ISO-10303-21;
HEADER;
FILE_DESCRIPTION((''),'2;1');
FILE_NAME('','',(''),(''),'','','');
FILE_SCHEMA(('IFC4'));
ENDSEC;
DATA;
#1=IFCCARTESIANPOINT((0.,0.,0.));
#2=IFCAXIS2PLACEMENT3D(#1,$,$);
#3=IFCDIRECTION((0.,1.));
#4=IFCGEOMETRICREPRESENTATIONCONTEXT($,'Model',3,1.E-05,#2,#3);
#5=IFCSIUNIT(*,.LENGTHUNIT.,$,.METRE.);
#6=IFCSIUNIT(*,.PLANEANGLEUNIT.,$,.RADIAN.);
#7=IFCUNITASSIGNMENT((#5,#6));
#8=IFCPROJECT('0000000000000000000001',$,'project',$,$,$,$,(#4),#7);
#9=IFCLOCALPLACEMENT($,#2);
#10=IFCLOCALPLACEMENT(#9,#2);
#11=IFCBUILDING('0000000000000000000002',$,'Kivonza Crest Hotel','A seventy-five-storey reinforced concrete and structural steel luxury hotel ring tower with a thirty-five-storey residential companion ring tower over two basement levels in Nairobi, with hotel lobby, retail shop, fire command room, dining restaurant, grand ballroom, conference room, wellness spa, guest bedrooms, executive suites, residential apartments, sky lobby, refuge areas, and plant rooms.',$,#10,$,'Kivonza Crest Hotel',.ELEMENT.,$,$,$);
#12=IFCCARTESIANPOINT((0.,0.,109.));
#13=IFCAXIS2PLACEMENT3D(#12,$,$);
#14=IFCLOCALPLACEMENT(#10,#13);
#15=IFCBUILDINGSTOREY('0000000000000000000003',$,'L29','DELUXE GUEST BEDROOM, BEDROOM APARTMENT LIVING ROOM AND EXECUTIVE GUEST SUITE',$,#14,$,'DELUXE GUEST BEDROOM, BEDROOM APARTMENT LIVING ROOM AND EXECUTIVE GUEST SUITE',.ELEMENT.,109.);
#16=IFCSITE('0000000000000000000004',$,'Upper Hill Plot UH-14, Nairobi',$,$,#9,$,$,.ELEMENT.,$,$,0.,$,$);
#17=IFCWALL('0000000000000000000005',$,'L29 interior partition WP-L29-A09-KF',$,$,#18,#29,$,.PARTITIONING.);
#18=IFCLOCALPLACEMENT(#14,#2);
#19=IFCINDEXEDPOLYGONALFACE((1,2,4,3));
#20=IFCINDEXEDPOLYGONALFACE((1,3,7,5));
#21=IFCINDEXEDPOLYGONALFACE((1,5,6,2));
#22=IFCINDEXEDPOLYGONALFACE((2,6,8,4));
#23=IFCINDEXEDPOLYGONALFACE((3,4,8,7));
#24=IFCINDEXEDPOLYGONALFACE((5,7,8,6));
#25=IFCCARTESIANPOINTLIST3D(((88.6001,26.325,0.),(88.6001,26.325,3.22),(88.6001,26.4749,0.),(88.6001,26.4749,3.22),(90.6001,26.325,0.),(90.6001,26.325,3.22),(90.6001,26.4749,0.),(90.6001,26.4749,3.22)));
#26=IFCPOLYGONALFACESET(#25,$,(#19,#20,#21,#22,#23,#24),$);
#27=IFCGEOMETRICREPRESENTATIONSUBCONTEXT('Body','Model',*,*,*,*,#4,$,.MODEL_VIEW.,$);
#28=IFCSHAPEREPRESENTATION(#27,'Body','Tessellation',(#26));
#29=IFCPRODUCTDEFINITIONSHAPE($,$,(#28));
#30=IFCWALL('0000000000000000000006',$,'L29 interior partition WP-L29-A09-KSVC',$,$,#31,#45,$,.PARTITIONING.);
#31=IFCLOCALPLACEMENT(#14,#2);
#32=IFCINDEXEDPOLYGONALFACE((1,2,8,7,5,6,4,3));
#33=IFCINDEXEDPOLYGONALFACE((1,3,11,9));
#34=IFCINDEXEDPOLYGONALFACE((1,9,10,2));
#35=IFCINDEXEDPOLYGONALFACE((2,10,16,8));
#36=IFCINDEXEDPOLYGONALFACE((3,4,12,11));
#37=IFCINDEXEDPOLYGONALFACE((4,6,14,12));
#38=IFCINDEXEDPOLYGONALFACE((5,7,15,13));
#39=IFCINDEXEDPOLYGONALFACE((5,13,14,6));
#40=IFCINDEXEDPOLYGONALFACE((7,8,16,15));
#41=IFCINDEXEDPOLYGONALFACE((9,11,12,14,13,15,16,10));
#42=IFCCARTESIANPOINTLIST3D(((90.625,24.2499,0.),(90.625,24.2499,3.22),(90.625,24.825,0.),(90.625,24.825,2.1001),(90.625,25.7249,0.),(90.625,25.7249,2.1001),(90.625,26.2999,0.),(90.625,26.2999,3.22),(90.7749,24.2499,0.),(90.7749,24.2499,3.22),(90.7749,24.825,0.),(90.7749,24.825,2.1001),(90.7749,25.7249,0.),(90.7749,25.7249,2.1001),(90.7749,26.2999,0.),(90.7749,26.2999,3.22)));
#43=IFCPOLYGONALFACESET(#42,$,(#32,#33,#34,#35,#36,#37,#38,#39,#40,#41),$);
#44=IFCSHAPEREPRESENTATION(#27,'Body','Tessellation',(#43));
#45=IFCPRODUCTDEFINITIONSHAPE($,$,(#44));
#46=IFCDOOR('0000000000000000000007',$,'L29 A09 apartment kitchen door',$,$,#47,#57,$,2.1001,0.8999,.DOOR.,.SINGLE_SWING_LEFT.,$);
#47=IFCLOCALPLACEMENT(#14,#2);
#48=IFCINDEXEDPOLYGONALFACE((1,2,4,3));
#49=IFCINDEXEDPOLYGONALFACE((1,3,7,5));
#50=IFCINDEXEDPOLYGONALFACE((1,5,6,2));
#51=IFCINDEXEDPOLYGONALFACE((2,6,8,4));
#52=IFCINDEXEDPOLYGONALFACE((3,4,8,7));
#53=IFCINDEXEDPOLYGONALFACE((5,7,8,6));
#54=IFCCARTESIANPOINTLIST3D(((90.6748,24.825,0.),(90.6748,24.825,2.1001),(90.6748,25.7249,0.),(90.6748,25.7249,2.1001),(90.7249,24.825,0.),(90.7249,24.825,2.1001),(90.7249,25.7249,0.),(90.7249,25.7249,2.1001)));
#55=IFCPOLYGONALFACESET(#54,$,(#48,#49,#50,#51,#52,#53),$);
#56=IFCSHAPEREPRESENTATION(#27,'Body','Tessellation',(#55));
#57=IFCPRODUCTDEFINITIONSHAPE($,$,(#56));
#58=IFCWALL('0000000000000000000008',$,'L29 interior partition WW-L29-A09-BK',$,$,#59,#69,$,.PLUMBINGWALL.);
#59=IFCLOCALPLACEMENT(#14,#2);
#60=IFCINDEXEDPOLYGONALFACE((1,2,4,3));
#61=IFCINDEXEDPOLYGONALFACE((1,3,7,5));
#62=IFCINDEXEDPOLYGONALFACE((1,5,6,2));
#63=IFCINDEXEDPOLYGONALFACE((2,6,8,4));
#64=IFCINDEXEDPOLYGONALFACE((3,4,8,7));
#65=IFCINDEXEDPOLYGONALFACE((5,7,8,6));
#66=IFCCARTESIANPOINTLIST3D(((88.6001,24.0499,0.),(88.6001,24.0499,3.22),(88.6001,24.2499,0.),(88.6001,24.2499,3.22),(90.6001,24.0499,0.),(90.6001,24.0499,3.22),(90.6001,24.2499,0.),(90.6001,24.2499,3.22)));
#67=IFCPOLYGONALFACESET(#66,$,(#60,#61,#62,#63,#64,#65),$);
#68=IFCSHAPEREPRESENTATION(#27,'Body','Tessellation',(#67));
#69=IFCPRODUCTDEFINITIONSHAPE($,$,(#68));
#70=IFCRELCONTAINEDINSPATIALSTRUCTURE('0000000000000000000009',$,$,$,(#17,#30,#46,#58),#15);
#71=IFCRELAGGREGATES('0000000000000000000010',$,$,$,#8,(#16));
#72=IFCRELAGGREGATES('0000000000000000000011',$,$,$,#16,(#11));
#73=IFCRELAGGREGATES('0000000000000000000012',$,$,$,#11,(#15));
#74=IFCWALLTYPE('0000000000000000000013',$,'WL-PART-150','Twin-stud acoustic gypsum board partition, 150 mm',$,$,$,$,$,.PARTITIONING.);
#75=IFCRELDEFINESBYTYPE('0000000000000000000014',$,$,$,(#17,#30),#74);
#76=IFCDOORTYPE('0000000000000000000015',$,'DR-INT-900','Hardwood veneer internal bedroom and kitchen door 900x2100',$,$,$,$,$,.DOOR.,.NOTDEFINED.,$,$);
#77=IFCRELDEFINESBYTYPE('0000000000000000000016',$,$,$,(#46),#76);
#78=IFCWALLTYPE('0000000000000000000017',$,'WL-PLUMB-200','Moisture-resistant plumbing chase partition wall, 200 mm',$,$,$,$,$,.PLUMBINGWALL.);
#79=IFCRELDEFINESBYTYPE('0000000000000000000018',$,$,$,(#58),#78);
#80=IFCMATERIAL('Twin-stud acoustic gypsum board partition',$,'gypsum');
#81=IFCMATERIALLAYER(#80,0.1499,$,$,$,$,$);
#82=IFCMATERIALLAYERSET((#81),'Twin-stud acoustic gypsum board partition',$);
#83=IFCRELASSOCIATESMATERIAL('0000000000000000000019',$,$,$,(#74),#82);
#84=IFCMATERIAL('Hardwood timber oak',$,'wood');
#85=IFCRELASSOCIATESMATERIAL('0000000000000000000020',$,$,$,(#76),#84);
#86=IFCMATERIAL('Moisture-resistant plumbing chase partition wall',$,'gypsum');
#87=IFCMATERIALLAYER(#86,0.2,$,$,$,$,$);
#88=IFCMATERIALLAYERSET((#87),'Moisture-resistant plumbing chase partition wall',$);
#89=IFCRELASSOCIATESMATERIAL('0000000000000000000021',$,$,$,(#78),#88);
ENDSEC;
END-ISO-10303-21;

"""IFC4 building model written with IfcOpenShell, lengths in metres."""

from ifc_helpers import new_model, si_unit, direction, frame, frame_2d, origin, place, context, subcontext, project, spatial, rectangle, extrude, material, layer, layer_set, type_object, element, fill, save


model = new_model("IFC4")

# Units and contexts
model_context = context("Model", 3, precision=1e-05, world=origin(), true_north=direction((0.0, 1.0)))
body_context = subcontext(model_context, "Body", "Model", "MODEL_VIEW")
ifc_project = project(units=[si_unit("LENGTHUNIT", "METRE"), si_unit("PLANEANGLEUNIT", "RADIAN")], contexts=[model_context])

# Site, building, storey
site_placement = place(None, origin())
site = spatial("IfcSite", under=ifc_project, at=site_placement, Name="Upper Hill Plot UH-14, Nairobi", CompositionType="ELEMENT", RefElevation=0.0)
building_placement = place(site_placement, origin())
building = spatial("IfcBuilding", under=site, at=building_placement, Name="Kivonza Crest Hotel", Description="A seventy-five-storey reinforced concrete and structural steel luxury hotel ring tower with a thirty-five-storey residential companion ring tower over two basement levels in Nairobi, with hotel lobby, retail shop, fire command room, dining restaurant, grand ballroom, conference room, wellness spa, guest bedrooms, executive suites, residential apartments, sky lobby, refuge areas, and plant rooms.", LongName="Kivonza Crest Hotel", CompositionType="ELEMENT")
storey_placement = place(building_placement, frame((0.0, 0.0, 109.0)))
storey = spatial("IfcBuildingStorey", under=building, at=storey_placement, Name="L29", Description="DELUXE GUEST BEDROOM, BEDROOM APARTMENT LIVING ROOM AND EXECUTIVE GUEST SUITE", LongName="DELUXE GUEST BEDROOM, BEDROOM APARTMENT LIVING ROOM AND EXECUTIVE GUEST SUITE", CompositionType="ELEMENT", Elevation=109.0)

# Shared definitions
ifc_material_1 = material(Name="Hardwood timber oak", Category="wood")

# Shared definitions
ifc_material_2 = material(Name="Twin-stud acoustic gypsum board partition", Category="gypsum")
ifc_layer_1 = layer(ifc_material_2, 0.1499)
ifc_layer_set_1 = layer_set([ifc_layer_1], Name="Twin-stud acoustic gypsum board partition")
wall_type_1 = type_object("IfcWallType", Name="WL-PART-150", Description="Twin-stud acoustic gypsum board partition, 150 mm", PredefinedType="PARTITIONING", material=ifc_layer_set_1)
door_type_1 = type_object("IfcDoorType", Name="DR-INT-900", Description="Hardwood veneer internal bedroom and kitchen door 900x2100", OperationType="NOTDEFINED", PredefinedType="DOOR", material=ifc_material_1)

# Wall
wall_1_placement = place(storey_placement, frame((88.6001, 26.3999, 0.0), z_axis=(0.0, 0.0, 1.0), x_axis=(1.0, 0.0, 0.0)))
element("IfcWall", 1, at=wall_1_placement, inside=storey, type_object=wall_type_1, Name="L29 interior partition WP-L29-A09-KF", PredefinedType="PARTITIONING", context=body_context, shape_type="SweptSolid", body=[
    extrude(rectangle(XDim=2.0, YDim=0.1499, at=frame_2d((1.0, 0.0))), origin(), (0.0, 0.0, 1.0), 3.22),
])

# Wall, opening, door
wall_2_placement = place(storey_placement, frame((90.7, 24.25, 0.0), z_axis=(0.0, 0.0, 1.0), x_axis=(0.0, 1.0, 0.0)))
wall_2 = element("IfcWall", 2, at=wall_2_placement, inside=storey, type_object=wall_type_1, Name="L29 interior partition WP-L29-A09-KSVC", PredefinedType="PARTITIONING", context=body_context, shape_type="SweptSolid", body=[
    extrude(rectangle(XDim=2.05, YDim=0.1499, at=frame_2d((1.0249, 0.0))), origin(), (0.0, 0.0, 1.0), 3.22),
])
opening_1_placement = place(wall_2_placement, frame((0.575, 0.0, 0.0)))
opening_1 = element("IfcOpeningElement", 3, at=opening_1_placement, cuts=wall_2, PredefinedType="OPENING", context=body_context, shape_type="SweptSolid", body=[
    extrude(rectangle(XDim=0.8999, YDim=2.1001, at=frame_2d((0.45, 1.05))), frame((0.0, 0.085, 0.0), z_axis=(0.0, -1.0, 0.0), x_axis=(1.0, 0.0, 0.0)), (0.0, 0.0, 1.0), 0.1699),
])
door_1_placement = place(opening_1_placement, frame((0.8999, 0.0, 0.0), z_axis=(0.0, 0.0, 1.0), x_axis=(-1.0, 0.0, 0.0)))
door_1 = element("IfcDoor", 4, at=door_1_placement, inside=storey, type_object=door_type_1, Name="L29 A09 apartment kitchen door", OperationType="SINGLE_SWING_LEFT", OverallHeight=2.1001, OverallWidth=0.8999, PredefinedType="DOOR", context=body_context, shape_type="SweptSolid", body=[
    extrude(rectangle(XDim=0.8999, YDim=2.1001, at=frame_2d((0.45, 1.05))), frame((0.0, 0.0249, 0.0), z_axis=(0.0, -1.0, 0.0), x_axis=(1.0, 0.0, 0.0)), (0.0, 0.0, 1.0), 0.05),
])
fill(opening_1, door_1)

# Wall
ifc_material_3 = material(Name="Moisture-resistant plumbing chase partition wall", Category="gypsum")
ifc_layer_2 = layer(ifc_material_3, 0.2)
ifc_layer_set_2 = layer_set([ifc_layer_2], Name="Moisture-resistant plumbing chase partition wall")
wall_type_2 = type_object("IfcWallType", Name="WL-PLUMB-200", Description="Moisture-resistant plumbing chase partition wall, 200 mm", PredefinedType="PLUMBINGWALL", material=ifc_layer_set_2)
wall_3_placement = place(storey_placement, frame((88.6001, 24.1499, 0.0), z_axis=(0.0, 0.0, 1.0), x_axis=(1.0, 0.0, 0.0)))
element("IfcWall", 5, at=wall_3_placement, inside=storey, type_object=wall_type_2, Name="L29 interior partition WW-L29-A09-BK", PredefinedType="PLUMBINGWALL", context=body_context, shape_type="SweptSolid", body=[
    extrude(rectangle(XDim=2.0, YDim=0.2, at=frame_2d((1.0, 0.0))), origin(), (0.0, 0.0, 1.0), 3.22),
])

save(model, "model.ifc")
